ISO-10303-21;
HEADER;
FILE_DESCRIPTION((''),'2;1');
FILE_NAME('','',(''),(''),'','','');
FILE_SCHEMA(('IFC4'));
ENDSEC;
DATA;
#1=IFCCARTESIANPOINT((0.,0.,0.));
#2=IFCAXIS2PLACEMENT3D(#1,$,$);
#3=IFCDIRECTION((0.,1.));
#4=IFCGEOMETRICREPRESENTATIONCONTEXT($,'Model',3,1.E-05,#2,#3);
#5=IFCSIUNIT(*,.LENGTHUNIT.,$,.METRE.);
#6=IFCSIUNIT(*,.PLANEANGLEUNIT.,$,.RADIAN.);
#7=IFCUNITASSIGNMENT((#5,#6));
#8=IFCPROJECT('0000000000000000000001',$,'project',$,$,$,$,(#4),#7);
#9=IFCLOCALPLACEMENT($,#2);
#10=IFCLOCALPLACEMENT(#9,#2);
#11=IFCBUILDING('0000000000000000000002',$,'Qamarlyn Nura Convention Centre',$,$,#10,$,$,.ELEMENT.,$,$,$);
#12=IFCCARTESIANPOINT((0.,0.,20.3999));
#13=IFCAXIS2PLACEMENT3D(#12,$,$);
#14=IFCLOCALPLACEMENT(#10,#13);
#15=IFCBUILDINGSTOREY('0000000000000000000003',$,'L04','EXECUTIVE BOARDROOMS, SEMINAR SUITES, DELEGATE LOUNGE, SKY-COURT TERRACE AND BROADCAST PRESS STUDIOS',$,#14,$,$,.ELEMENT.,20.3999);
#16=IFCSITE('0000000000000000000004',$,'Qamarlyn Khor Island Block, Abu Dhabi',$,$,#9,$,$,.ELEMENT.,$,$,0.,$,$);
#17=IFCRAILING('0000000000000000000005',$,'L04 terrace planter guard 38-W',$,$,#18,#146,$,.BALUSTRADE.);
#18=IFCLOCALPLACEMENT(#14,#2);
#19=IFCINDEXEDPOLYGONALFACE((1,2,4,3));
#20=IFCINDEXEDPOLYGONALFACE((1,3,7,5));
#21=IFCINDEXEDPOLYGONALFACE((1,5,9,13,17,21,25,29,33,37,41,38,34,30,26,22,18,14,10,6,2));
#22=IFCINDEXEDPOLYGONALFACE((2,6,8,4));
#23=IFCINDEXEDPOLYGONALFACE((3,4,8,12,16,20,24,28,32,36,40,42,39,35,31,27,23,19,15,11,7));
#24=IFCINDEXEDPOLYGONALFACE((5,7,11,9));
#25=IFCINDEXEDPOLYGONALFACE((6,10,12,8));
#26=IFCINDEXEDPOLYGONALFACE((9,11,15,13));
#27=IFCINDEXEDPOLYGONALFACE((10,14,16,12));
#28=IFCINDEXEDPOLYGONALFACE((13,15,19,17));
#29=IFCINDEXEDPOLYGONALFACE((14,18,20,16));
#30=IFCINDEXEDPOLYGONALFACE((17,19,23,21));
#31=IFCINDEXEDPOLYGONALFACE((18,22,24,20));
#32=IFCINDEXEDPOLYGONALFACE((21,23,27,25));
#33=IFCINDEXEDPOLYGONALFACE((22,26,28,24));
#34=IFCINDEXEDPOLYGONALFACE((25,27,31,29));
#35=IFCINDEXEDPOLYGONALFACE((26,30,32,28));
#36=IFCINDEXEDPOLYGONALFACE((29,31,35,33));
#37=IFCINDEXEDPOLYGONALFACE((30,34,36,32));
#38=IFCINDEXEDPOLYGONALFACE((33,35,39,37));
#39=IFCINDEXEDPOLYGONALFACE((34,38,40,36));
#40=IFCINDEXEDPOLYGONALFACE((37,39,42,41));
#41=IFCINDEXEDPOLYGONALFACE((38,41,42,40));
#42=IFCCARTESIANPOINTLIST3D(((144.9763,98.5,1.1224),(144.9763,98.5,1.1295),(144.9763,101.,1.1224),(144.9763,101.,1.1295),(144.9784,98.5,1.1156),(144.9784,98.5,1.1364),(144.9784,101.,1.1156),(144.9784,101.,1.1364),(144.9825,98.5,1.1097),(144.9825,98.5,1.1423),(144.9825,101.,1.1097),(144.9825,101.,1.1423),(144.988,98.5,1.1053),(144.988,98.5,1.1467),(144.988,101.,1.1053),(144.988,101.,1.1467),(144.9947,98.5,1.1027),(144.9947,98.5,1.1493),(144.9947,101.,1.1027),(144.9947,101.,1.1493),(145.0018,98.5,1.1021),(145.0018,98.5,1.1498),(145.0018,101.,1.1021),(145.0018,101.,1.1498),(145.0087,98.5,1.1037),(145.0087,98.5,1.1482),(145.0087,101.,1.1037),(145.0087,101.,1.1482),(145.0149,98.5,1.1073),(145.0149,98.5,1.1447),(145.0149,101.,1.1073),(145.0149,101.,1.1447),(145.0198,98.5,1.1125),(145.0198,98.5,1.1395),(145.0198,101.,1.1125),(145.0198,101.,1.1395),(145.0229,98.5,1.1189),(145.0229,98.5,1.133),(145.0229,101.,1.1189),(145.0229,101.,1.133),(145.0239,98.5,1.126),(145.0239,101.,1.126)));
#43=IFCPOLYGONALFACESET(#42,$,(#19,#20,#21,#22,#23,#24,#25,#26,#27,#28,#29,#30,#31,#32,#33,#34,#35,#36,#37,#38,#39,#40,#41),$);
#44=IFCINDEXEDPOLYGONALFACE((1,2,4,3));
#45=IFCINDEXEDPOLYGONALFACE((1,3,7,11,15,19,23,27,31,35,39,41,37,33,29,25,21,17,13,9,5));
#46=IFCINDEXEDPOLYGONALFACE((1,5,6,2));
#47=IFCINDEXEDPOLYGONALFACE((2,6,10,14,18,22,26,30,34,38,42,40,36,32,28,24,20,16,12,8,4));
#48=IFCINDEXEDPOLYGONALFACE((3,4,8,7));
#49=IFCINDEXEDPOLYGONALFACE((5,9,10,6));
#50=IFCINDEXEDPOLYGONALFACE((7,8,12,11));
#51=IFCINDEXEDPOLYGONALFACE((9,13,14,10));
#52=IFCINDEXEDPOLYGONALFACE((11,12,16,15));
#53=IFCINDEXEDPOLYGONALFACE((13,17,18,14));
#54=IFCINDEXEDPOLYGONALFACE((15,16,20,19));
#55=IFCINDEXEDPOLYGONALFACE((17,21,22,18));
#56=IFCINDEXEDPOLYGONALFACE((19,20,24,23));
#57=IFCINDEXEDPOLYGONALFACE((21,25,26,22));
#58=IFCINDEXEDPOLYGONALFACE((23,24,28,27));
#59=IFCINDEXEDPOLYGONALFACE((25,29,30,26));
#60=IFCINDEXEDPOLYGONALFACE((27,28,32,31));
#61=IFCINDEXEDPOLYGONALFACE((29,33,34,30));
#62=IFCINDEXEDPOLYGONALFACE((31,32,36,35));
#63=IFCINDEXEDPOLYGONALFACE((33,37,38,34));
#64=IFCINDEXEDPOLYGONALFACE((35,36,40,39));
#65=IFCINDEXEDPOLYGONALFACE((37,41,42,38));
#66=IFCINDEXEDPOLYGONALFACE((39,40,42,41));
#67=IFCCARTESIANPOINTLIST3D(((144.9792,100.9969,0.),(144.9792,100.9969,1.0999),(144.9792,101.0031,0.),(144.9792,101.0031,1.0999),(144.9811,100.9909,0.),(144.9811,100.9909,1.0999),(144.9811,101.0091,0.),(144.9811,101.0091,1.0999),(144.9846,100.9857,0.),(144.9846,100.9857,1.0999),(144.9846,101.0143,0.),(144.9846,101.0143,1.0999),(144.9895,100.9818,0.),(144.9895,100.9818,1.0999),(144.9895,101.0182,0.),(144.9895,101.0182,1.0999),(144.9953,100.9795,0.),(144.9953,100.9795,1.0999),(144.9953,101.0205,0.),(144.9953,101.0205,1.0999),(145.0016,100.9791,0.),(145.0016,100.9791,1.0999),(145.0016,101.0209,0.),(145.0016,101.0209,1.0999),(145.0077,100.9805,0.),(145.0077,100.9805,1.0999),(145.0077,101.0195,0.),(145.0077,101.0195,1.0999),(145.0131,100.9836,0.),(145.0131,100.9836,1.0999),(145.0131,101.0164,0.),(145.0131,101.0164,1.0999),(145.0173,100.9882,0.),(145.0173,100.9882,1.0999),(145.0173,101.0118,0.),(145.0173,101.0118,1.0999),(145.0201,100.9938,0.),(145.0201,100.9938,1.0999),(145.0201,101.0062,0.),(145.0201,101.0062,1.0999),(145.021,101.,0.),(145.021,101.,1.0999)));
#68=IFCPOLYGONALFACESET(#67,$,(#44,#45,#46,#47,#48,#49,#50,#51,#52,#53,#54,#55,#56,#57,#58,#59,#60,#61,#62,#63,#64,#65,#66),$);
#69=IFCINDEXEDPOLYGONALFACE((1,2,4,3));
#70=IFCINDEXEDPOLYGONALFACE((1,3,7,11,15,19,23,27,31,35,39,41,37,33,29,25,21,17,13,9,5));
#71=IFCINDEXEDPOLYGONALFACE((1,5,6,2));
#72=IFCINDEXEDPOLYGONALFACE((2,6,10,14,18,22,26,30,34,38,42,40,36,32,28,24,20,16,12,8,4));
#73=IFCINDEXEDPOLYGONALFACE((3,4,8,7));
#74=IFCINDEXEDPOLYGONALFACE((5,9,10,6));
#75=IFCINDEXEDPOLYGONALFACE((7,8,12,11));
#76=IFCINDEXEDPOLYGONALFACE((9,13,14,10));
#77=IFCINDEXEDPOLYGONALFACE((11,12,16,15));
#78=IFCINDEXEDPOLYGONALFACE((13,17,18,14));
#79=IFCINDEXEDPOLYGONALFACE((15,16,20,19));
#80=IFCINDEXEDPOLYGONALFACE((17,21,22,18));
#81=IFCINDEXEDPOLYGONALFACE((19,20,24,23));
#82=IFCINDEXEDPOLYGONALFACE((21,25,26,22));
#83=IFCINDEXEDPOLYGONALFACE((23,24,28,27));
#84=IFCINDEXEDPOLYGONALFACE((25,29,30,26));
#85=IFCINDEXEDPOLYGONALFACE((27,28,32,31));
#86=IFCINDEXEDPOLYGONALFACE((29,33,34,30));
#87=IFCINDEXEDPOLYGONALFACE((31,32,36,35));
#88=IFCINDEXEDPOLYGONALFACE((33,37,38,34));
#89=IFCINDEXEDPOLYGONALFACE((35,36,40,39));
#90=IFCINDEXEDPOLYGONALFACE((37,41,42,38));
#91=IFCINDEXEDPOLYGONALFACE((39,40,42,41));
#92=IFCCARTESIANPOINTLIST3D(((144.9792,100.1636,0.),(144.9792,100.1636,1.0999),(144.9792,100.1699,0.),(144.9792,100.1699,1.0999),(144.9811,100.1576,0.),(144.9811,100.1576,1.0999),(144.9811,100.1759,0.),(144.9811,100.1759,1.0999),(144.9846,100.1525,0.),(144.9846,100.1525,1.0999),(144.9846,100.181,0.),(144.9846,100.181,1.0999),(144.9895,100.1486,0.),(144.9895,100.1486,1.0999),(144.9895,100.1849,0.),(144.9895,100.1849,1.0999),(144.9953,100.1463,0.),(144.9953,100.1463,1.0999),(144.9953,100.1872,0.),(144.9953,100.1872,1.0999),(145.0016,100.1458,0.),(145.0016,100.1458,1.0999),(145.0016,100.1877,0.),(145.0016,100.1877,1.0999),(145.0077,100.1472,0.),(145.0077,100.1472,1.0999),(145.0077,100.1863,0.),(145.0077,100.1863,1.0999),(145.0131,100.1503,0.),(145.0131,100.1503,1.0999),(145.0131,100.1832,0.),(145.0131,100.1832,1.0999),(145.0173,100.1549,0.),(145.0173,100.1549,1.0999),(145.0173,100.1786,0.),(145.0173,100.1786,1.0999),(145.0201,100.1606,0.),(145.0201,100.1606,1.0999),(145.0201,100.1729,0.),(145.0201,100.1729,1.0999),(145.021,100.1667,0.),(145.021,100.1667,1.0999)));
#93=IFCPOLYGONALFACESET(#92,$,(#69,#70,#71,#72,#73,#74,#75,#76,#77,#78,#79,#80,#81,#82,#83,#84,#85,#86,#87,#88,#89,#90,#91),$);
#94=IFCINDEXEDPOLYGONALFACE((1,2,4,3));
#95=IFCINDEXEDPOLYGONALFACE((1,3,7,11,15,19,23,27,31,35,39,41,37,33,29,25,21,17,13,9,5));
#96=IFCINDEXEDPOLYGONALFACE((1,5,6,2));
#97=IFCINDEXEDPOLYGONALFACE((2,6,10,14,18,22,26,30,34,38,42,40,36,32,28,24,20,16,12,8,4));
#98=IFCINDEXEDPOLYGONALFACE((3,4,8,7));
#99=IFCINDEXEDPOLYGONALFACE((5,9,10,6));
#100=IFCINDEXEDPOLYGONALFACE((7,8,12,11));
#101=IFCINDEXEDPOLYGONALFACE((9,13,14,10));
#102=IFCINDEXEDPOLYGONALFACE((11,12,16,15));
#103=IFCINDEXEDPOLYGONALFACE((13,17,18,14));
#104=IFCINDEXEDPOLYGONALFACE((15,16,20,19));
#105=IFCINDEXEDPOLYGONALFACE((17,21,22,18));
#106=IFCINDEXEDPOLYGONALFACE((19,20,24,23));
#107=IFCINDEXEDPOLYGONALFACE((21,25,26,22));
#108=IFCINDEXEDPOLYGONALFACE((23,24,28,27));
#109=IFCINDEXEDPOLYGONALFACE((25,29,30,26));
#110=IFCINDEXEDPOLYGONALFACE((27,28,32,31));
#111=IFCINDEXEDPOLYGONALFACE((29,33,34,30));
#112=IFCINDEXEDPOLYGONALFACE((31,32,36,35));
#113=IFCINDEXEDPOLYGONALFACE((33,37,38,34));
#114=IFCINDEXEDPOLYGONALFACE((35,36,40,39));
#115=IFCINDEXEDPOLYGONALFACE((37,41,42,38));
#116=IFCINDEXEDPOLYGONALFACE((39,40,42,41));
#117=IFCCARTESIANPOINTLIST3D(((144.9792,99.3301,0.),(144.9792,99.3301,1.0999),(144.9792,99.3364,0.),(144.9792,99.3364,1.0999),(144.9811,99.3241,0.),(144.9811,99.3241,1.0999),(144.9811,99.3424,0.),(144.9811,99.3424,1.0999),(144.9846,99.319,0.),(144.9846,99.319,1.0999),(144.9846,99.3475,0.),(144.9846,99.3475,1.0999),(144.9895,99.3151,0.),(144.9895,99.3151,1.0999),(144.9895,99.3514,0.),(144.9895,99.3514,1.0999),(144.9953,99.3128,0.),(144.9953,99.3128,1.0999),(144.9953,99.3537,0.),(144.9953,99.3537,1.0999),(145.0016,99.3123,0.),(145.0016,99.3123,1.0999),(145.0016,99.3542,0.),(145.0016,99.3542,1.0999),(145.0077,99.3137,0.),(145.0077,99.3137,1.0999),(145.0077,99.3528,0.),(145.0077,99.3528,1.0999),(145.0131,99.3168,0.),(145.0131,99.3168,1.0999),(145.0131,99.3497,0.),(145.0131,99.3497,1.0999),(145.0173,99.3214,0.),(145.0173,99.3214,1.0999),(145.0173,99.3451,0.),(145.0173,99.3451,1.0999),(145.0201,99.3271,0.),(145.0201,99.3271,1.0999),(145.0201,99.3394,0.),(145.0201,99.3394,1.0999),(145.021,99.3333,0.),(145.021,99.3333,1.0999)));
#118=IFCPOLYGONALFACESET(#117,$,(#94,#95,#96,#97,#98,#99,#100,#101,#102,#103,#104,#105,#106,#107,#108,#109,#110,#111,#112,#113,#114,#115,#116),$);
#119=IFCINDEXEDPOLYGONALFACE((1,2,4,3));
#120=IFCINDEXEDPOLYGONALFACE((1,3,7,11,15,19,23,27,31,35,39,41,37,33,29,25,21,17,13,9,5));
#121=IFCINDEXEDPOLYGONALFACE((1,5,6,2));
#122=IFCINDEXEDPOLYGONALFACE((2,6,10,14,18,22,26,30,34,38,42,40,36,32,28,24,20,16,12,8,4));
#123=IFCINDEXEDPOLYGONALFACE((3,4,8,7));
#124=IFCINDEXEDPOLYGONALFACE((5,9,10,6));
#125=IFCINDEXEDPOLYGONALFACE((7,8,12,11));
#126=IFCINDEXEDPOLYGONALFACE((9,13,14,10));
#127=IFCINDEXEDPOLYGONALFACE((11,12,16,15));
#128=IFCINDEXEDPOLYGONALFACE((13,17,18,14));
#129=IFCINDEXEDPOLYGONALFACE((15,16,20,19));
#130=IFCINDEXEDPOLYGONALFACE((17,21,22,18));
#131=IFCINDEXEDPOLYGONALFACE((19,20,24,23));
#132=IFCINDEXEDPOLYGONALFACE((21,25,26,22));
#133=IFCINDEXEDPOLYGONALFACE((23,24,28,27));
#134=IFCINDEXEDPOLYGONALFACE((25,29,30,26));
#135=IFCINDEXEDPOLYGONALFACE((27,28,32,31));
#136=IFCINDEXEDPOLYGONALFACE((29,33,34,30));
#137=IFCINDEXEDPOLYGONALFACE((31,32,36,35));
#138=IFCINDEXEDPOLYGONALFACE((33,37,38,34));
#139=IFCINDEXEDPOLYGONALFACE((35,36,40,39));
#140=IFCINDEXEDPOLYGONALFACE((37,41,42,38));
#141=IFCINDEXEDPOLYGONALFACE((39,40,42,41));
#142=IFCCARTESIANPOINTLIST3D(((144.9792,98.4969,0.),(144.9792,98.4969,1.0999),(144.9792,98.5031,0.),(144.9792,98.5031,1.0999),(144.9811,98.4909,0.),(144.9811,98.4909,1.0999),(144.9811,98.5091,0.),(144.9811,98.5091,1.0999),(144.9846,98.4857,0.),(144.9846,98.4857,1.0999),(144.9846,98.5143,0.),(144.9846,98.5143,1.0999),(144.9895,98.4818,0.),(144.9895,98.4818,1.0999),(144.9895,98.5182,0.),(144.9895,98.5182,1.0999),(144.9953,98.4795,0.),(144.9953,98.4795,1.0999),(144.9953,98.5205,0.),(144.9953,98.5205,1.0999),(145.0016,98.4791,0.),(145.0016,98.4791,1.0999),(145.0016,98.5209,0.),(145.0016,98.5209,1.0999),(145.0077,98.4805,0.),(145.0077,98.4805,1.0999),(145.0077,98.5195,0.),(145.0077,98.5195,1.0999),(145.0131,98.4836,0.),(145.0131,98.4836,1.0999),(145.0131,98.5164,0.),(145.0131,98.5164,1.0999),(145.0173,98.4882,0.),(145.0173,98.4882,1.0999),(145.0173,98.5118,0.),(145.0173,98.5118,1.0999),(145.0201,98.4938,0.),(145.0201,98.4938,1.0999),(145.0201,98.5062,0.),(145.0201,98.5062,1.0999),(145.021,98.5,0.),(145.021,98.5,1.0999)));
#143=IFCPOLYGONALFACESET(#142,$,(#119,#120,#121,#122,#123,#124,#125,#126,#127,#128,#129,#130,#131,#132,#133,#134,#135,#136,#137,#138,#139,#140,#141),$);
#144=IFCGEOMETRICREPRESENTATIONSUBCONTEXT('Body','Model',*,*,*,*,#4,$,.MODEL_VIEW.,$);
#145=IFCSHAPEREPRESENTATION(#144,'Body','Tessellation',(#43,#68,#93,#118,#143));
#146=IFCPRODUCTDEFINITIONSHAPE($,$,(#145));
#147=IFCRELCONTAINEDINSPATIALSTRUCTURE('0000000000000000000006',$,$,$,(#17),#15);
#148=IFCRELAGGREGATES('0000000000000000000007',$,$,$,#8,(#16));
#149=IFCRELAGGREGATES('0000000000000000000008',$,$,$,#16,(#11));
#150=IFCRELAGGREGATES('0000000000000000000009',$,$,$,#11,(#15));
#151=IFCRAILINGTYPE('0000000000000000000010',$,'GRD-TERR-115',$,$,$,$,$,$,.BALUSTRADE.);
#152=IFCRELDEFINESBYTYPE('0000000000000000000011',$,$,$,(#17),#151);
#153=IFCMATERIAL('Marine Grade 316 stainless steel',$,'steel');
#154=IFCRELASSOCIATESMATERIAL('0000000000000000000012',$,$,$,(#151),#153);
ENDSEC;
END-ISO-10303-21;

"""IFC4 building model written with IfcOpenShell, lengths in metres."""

from ifc_helpers import new_model, si_unit, direction, frame, origin, origin_2d, place, context, subcontext, project, spatial, circle, extrude, material, type_object, element, save


model = new_model("IFC4")

# Units and contexts
model_context = context("Model", 3, precision=1e-05, world=origin(), true_north=direction((0.0, 1.0)))
body_context = subcontext(model_context, "Body", "Model", "MODEL_VIEW")
ifc_project = project(units=[si_unit("LENGTHUNIT", "METRE"), si_unit("PLANEANGLEUNIT", "RADIAN")], contexts=[model_context])

# Site, building, storey
site_placement = place(None, origin())
site = spatial("IfcSite", under=ifc_project, at=site_placement, Name="Qamarlyn Khor Island Block, Abu Dhabi", CompositionType="ELEMENT", RefElevation=0.0)
building_placement = place(site_placement, origin())
building = spatial("IfcBuilding", under=site, at=building_placement, Name="Qamarlyn Nura Convention Centre", CompositionType="ELEMENT")
storey_placement = place(building_placement, frame((0.0, 0.0, 20.3999)))
storey = spatial("IfcBuildingStorey", under=building, at=storey_placement, Name="L04", Description="EXECUTIVE BOARDROOMS, SEMINAR SUITES, DELEGATE LOUNGE, SKY-COURT TERRACE AND BROADCAST PRESS STUDIOS", CompositionType="ELEMENT", Elevation=20.3999)

# Railing
ifc_material_1 = material(Name="Marine Grade 316 stainless steel", Category="steel")
railing_type_1 = type_object("IfcRailingType", Name="GRD-TERR-115", PredefinedType="BALUSTRADE", material=ifc_material_1)
railing_1_placement = place(storey_placement, frame((145.0, 101.0, 0.0)))
element("IfcRailing", 1, at=railing_1_placement, inside=storey, type_object=railing_type_1, Name="L04 terrace planter guard 38-W", PredefinedType="BALUSTRADE", context=body_context, shape_type="SweptSolid", body=[
    extrude(circle(Radius=0.0239, at=origin_2d()), frame((0.0, 0.0, 1.126), z_axis=(0.0, -1.0, 0.0), x_axis=(1.0, 0.0, 0.0)), (0.0, 0.0, 1.0), 2.5),
    extrude(circle(Radius=0.021, at=origin_2d()), origin(), (0.0, 0.0, 1.0), 1.0999),
    extrude(circle(Radius=0.021, at=origin_2d()), frame((0.0, -0.8333, 0.0)), (0.0, 0.0, 1.0), 1.0999),
    extrude(circle(Radius=0.021, at=origin_2d()), frame((0.0, -1.6667, 0.0)), (0.0, 0.0, 1.0), 1.0999),
    extrude(circle(Radius=0.021, at=origin_2d()), frame((0.0, -2.5, 0.0)), (0.0, 0.0, 1.0), 1.0999),
])

save(model, "model.ifc")
